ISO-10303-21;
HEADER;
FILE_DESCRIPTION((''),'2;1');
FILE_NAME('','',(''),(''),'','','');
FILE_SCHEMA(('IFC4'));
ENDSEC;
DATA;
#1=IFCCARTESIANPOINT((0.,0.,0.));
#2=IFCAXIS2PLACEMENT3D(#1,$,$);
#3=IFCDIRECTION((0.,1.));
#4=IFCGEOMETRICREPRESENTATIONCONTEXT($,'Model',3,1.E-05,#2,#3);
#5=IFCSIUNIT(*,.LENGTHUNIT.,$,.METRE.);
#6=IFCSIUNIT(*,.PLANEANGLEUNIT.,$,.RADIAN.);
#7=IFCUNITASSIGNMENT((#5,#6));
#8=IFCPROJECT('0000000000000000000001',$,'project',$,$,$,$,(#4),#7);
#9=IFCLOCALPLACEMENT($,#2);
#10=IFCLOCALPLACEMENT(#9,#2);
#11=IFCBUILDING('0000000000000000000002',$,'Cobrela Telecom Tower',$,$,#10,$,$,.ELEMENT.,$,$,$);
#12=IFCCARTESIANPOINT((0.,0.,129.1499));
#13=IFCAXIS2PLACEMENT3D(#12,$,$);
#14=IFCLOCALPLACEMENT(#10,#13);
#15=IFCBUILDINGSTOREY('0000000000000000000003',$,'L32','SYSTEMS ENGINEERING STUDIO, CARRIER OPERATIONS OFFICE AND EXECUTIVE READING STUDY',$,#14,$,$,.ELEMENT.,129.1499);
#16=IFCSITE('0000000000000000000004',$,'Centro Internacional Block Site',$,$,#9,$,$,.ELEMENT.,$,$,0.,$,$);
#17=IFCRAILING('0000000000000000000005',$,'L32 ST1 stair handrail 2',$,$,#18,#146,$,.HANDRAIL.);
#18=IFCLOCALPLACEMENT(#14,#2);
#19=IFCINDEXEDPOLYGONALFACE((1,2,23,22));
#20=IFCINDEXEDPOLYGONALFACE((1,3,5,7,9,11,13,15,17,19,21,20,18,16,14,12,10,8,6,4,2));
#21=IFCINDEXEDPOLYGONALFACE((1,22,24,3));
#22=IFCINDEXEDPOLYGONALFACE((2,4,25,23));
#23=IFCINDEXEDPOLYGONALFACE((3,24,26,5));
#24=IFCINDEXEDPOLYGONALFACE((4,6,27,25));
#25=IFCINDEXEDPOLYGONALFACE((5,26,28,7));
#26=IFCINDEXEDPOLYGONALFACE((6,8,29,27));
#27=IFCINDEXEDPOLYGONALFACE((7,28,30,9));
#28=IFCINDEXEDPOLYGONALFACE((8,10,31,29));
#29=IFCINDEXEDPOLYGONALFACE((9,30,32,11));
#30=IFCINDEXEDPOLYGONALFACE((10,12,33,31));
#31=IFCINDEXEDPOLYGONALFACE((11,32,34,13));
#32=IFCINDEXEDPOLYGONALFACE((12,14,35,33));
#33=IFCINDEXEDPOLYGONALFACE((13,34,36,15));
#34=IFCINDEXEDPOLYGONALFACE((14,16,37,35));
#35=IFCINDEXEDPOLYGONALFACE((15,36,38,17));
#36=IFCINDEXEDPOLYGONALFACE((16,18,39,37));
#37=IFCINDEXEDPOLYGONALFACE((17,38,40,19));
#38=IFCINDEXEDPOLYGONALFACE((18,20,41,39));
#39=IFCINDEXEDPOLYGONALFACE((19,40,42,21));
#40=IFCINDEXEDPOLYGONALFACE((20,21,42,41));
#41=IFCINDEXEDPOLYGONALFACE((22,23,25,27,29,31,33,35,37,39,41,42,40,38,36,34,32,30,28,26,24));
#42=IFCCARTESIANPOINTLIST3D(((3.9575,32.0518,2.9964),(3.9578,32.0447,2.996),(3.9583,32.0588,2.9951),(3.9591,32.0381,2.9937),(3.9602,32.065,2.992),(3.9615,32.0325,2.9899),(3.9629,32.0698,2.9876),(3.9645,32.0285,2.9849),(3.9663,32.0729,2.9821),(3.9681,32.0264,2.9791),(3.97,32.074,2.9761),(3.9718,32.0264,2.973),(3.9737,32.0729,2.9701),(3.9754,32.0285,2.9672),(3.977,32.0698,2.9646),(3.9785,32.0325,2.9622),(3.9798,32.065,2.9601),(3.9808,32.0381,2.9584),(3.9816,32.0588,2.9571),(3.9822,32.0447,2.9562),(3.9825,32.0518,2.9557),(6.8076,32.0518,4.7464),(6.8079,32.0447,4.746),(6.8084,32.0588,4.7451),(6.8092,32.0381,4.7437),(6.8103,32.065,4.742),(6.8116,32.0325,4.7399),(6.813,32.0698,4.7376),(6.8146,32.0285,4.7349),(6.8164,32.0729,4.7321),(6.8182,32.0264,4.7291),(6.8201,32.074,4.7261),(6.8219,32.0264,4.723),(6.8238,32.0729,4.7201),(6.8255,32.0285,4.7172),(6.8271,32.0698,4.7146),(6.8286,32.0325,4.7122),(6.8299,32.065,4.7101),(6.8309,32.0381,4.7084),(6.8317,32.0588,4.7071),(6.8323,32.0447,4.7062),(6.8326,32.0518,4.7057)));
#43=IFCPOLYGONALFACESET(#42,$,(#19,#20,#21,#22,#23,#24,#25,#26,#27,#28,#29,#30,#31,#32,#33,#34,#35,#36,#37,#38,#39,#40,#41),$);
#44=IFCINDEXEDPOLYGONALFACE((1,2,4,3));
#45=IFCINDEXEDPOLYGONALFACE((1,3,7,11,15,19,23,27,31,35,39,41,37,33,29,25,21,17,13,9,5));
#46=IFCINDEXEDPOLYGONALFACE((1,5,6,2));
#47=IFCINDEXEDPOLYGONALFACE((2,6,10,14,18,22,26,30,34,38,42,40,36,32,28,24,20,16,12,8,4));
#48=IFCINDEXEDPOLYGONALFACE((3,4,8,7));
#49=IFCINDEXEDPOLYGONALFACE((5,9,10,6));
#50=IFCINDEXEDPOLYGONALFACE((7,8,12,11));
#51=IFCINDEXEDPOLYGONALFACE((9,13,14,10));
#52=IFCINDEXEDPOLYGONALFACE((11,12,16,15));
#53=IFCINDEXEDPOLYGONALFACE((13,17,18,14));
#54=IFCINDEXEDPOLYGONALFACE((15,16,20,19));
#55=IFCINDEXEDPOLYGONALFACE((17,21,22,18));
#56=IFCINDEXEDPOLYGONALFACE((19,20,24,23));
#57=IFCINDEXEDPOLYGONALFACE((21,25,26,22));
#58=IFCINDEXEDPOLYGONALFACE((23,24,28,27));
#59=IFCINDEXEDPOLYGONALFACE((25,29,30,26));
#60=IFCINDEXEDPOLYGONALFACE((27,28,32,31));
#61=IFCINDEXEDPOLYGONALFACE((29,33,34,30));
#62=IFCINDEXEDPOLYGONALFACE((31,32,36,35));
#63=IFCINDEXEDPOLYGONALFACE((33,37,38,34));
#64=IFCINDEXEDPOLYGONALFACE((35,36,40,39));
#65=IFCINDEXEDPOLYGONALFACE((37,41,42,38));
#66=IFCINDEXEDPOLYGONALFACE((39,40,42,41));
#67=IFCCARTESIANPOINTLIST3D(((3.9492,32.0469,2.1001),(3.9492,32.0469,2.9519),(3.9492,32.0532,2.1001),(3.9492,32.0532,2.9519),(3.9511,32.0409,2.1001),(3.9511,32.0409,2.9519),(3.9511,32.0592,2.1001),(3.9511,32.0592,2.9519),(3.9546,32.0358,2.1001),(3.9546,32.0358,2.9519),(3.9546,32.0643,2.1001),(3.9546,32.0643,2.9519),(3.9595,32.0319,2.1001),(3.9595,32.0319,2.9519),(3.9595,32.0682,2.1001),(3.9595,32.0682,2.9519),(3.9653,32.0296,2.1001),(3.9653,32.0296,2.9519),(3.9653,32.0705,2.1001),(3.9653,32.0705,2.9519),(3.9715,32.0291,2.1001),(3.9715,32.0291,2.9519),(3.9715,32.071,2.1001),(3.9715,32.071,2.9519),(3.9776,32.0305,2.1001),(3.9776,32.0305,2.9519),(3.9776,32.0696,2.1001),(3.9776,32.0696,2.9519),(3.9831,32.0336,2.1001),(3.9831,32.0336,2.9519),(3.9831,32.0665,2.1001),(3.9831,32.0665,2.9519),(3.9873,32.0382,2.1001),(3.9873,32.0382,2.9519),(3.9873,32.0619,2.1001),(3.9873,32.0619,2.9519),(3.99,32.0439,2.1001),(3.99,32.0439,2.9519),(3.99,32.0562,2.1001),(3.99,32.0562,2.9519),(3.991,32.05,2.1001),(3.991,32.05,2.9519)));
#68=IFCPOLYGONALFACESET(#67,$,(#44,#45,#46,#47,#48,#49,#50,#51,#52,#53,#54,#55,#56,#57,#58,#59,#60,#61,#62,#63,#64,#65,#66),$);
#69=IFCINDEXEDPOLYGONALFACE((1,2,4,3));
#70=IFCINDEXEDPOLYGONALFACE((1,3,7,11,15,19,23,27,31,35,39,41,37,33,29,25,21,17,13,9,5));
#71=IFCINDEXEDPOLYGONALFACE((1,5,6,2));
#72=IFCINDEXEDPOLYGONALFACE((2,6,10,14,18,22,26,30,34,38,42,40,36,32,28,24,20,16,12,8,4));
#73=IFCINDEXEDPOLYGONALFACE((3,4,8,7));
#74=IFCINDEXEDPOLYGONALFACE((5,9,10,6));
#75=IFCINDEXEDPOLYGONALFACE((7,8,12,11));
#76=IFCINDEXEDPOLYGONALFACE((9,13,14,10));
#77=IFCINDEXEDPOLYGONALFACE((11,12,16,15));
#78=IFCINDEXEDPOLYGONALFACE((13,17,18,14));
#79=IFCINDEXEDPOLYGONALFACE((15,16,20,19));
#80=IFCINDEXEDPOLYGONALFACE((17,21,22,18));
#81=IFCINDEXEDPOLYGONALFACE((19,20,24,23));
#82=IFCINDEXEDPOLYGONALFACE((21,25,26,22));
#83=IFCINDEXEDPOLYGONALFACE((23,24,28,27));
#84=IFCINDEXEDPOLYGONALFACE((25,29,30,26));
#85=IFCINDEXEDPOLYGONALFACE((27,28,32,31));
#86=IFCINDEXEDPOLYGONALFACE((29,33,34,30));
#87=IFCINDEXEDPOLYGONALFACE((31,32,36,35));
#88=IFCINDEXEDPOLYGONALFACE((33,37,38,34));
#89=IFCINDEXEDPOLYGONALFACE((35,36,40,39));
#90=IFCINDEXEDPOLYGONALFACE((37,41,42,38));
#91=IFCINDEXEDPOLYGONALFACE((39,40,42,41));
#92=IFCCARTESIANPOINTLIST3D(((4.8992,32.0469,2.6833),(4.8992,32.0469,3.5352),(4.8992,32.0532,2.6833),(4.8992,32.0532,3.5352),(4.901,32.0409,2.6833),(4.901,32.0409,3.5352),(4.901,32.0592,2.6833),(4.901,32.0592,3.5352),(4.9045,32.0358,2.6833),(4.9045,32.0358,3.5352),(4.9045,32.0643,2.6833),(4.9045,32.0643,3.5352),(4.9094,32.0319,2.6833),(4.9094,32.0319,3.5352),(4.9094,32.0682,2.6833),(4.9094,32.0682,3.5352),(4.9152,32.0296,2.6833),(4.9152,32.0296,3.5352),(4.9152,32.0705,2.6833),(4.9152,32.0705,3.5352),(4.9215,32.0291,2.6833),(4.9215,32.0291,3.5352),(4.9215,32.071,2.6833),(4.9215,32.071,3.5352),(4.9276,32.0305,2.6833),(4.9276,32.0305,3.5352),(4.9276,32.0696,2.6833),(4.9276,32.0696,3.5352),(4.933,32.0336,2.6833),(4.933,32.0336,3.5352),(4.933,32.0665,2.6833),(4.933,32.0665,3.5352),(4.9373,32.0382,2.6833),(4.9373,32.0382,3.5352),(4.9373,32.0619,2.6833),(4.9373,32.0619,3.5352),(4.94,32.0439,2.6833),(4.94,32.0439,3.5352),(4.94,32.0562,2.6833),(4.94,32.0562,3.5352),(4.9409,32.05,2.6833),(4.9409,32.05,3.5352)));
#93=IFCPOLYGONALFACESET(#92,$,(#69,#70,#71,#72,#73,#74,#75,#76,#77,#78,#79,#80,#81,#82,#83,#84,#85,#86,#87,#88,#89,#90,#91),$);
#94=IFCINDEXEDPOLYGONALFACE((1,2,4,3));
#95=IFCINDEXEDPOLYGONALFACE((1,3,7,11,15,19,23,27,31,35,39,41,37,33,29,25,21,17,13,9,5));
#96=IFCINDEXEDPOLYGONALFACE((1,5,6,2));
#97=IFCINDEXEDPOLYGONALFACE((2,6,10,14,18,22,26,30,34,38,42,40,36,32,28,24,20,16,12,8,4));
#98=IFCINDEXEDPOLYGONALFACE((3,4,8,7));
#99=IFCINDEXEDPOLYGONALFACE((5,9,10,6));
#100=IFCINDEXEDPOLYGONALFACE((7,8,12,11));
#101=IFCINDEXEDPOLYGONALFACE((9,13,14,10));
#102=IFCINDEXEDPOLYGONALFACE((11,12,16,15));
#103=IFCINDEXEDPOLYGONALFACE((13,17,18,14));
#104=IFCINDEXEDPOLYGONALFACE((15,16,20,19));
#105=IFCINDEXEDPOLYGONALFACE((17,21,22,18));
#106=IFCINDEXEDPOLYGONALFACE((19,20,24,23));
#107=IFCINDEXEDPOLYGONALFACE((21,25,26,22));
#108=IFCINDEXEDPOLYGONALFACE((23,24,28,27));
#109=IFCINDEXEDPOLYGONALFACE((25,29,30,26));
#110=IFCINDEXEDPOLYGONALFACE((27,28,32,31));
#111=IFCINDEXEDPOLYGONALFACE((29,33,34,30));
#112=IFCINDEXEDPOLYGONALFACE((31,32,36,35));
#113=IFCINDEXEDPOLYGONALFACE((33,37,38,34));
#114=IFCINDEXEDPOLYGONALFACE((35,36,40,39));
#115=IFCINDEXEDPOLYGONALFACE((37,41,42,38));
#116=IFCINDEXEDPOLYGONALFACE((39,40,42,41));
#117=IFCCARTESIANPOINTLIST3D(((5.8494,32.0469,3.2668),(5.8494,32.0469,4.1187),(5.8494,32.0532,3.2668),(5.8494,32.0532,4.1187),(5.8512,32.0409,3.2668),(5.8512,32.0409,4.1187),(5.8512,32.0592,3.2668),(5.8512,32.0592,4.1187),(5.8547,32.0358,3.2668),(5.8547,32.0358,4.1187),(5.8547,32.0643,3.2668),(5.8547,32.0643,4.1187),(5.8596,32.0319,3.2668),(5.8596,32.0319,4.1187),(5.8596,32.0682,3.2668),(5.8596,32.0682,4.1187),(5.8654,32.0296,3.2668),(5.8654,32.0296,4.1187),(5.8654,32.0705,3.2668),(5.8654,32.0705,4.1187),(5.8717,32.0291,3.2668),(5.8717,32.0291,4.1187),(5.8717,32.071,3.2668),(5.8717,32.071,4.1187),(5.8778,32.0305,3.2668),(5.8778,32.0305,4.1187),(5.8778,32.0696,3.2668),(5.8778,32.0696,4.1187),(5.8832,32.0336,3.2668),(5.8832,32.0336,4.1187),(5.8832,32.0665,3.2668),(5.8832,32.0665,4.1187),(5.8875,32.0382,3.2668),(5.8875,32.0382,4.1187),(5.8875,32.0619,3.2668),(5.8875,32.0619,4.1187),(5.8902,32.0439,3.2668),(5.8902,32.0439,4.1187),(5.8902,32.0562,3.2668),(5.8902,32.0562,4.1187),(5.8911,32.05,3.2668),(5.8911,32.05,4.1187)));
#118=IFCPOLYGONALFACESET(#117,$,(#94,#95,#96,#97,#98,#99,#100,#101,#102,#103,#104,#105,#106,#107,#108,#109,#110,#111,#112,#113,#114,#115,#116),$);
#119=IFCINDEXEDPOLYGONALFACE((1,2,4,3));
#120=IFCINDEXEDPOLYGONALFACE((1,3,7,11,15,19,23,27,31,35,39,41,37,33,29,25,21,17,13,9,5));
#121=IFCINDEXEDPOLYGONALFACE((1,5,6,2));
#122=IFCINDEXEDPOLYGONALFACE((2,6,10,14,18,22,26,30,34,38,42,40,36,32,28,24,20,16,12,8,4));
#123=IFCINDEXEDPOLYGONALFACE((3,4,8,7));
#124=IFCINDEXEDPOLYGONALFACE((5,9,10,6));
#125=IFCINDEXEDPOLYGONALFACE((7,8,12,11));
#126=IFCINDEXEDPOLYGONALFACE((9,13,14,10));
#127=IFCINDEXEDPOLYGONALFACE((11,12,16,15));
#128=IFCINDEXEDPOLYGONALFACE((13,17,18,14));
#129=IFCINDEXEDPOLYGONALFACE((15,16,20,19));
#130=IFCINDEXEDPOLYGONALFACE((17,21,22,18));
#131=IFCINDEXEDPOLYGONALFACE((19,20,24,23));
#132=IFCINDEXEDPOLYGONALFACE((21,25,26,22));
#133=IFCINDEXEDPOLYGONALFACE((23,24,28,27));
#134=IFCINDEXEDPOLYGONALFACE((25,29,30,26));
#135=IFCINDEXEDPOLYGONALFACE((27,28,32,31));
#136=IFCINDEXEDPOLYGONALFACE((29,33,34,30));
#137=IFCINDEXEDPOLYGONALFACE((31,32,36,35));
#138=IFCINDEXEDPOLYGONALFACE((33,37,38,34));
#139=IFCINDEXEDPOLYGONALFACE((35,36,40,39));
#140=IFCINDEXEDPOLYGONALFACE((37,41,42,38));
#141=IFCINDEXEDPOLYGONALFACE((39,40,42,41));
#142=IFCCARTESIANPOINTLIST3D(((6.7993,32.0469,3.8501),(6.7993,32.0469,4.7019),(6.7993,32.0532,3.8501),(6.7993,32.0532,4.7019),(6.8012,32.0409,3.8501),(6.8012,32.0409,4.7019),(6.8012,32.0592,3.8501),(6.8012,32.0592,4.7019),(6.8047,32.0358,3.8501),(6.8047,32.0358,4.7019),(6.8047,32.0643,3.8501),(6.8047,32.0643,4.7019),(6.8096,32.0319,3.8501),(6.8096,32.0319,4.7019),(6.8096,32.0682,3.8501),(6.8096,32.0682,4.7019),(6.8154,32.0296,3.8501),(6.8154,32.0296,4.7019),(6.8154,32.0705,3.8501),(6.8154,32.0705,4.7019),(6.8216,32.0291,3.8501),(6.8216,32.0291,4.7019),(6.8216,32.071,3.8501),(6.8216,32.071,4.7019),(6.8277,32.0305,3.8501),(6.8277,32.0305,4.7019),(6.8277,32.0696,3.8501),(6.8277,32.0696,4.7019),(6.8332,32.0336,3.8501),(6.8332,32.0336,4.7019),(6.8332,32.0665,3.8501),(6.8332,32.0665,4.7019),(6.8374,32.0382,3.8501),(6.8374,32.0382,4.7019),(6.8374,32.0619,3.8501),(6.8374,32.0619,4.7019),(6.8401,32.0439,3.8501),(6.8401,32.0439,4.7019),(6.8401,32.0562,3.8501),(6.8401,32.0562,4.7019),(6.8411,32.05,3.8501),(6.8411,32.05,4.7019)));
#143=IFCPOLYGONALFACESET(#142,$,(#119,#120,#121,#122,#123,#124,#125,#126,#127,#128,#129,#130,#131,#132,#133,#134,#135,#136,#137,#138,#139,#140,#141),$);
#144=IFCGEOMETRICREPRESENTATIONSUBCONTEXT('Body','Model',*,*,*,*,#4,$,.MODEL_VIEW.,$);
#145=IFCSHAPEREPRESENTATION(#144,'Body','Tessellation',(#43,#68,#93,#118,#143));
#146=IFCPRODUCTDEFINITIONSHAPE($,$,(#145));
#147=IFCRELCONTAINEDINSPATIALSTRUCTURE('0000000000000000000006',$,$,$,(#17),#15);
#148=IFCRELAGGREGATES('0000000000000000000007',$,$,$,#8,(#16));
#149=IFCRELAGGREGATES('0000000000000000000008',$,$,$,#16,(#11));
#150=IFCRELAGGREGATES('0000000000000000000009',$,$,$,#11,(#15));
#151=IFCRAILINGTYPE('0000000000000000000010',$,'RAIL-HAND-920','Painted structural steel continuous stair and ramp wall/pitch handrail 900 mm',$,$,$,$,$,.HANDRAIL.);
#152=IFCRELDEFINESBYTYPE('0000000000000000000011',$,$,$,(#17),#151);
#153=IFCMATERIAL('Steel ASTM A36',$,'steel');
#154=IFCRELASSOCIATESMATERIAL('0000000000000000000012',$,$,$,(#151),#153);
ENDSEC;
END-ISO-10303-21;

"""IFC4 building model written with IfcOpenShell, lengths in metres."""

from ifc_helpers import new_model, si_unit, direction, frame, origin, origin_2d, place, context, subcontext, project, spatial, circle, extrude, material, type_object, element, save


model = new_model("IFC4")

# Units and contexts
model_context = context("Model", 3, precision=1e-05, world=origin(), true_north=direction((0.0, 1.0)))
body_context = subcontext(model_context, "Body", "Model", "MODEL_VIEW")
ifc_project = project(units=[si_unit("LENGTHUNIT", "METRE"), si_unit("PLANEANGLEUNIT", "RADIAN")], contexts=[model_context])

# Site, building, storey
site_placement = place(None, origin())
site = spatial("IfcSite", under=ifc_project, at=site_placement, Name="Centro Internacional Block Site", CompositionType="ELEMENT", RefElevation=0.0)
building_placement = place(site_placement, origin())
building = spatial("IfcBuilding", under=site, at=building_placement, Name="Cobrela Telecom Tower", CompositionType="ELEMENT")
storey_placement = place(building_placement, frame((0.0, 0.0, 129.1499)))
storey = spatial("IfcBuildingStorey", under=building, at=storey_placement, Name="L32", Description="SYSTEMS ENGINEERING STUDIO, CARRIER OPERATIONS OFFICE AND EXECUTIVE READING STUDY", CompositionType="ELEMENT", Elevation=129.1499)

# Shared definitions
ifc_material_1 = material(Name="Steel ASTM A36", Category="steel")

# Railing
railing_type_1 = type_object("IfcRailingType", Name="RAIL-HAND-920", Description="Painted structural steel continuous stair and ramp wall/pitch handrail 900 mm", PredefinedType="HANDRAIL", material=ifc_material_1)
railing_1_placement = place(storey_placement, frame((3.97, 32.05, 2.1001)))
element("IfcRailing", 1, at=railing_1_placement, inside=storey, type_object=railing_type_1, Name="L32 ST1 stair handrail 2", PredefinedType="HANDRAIL", context=body_context, shape_type="SweptSolid", body=[
    extrude(circle(Radius=0.0239, at=origin_2d()), frame((0.0, 0.0, 0.876), z_axis=(0.852179, 0.0, 0.52325), x_axis=(0.0, 1.0, 0.0)), (0.0, 0.0, 1.0), 3.3445),
    extrude(circle(Radius=0.021, at=origin_2d()), origin(), (0.0, 0.0, 1.0), 0.8518),
    extrude(circle(Radius=0.021, at=origin_2d()), frame((0.95, 0.0, 0.5833)), (0.0, 0.0, 1.0), 0.8518),
    extrude(circle(Radius=0.021, at=origin_2d()), frame((1.9001, 0.0, 1.1667)), (0.0, 0.0, 1.0), 0.8518),
    extrude(circle(Radius=0.021, at=origin_2d()), frame((2.8501, 0.0, 1.75)), (0.0, 0.0, 1.0), 0.8518),
])

save(model, "model.ifc")
